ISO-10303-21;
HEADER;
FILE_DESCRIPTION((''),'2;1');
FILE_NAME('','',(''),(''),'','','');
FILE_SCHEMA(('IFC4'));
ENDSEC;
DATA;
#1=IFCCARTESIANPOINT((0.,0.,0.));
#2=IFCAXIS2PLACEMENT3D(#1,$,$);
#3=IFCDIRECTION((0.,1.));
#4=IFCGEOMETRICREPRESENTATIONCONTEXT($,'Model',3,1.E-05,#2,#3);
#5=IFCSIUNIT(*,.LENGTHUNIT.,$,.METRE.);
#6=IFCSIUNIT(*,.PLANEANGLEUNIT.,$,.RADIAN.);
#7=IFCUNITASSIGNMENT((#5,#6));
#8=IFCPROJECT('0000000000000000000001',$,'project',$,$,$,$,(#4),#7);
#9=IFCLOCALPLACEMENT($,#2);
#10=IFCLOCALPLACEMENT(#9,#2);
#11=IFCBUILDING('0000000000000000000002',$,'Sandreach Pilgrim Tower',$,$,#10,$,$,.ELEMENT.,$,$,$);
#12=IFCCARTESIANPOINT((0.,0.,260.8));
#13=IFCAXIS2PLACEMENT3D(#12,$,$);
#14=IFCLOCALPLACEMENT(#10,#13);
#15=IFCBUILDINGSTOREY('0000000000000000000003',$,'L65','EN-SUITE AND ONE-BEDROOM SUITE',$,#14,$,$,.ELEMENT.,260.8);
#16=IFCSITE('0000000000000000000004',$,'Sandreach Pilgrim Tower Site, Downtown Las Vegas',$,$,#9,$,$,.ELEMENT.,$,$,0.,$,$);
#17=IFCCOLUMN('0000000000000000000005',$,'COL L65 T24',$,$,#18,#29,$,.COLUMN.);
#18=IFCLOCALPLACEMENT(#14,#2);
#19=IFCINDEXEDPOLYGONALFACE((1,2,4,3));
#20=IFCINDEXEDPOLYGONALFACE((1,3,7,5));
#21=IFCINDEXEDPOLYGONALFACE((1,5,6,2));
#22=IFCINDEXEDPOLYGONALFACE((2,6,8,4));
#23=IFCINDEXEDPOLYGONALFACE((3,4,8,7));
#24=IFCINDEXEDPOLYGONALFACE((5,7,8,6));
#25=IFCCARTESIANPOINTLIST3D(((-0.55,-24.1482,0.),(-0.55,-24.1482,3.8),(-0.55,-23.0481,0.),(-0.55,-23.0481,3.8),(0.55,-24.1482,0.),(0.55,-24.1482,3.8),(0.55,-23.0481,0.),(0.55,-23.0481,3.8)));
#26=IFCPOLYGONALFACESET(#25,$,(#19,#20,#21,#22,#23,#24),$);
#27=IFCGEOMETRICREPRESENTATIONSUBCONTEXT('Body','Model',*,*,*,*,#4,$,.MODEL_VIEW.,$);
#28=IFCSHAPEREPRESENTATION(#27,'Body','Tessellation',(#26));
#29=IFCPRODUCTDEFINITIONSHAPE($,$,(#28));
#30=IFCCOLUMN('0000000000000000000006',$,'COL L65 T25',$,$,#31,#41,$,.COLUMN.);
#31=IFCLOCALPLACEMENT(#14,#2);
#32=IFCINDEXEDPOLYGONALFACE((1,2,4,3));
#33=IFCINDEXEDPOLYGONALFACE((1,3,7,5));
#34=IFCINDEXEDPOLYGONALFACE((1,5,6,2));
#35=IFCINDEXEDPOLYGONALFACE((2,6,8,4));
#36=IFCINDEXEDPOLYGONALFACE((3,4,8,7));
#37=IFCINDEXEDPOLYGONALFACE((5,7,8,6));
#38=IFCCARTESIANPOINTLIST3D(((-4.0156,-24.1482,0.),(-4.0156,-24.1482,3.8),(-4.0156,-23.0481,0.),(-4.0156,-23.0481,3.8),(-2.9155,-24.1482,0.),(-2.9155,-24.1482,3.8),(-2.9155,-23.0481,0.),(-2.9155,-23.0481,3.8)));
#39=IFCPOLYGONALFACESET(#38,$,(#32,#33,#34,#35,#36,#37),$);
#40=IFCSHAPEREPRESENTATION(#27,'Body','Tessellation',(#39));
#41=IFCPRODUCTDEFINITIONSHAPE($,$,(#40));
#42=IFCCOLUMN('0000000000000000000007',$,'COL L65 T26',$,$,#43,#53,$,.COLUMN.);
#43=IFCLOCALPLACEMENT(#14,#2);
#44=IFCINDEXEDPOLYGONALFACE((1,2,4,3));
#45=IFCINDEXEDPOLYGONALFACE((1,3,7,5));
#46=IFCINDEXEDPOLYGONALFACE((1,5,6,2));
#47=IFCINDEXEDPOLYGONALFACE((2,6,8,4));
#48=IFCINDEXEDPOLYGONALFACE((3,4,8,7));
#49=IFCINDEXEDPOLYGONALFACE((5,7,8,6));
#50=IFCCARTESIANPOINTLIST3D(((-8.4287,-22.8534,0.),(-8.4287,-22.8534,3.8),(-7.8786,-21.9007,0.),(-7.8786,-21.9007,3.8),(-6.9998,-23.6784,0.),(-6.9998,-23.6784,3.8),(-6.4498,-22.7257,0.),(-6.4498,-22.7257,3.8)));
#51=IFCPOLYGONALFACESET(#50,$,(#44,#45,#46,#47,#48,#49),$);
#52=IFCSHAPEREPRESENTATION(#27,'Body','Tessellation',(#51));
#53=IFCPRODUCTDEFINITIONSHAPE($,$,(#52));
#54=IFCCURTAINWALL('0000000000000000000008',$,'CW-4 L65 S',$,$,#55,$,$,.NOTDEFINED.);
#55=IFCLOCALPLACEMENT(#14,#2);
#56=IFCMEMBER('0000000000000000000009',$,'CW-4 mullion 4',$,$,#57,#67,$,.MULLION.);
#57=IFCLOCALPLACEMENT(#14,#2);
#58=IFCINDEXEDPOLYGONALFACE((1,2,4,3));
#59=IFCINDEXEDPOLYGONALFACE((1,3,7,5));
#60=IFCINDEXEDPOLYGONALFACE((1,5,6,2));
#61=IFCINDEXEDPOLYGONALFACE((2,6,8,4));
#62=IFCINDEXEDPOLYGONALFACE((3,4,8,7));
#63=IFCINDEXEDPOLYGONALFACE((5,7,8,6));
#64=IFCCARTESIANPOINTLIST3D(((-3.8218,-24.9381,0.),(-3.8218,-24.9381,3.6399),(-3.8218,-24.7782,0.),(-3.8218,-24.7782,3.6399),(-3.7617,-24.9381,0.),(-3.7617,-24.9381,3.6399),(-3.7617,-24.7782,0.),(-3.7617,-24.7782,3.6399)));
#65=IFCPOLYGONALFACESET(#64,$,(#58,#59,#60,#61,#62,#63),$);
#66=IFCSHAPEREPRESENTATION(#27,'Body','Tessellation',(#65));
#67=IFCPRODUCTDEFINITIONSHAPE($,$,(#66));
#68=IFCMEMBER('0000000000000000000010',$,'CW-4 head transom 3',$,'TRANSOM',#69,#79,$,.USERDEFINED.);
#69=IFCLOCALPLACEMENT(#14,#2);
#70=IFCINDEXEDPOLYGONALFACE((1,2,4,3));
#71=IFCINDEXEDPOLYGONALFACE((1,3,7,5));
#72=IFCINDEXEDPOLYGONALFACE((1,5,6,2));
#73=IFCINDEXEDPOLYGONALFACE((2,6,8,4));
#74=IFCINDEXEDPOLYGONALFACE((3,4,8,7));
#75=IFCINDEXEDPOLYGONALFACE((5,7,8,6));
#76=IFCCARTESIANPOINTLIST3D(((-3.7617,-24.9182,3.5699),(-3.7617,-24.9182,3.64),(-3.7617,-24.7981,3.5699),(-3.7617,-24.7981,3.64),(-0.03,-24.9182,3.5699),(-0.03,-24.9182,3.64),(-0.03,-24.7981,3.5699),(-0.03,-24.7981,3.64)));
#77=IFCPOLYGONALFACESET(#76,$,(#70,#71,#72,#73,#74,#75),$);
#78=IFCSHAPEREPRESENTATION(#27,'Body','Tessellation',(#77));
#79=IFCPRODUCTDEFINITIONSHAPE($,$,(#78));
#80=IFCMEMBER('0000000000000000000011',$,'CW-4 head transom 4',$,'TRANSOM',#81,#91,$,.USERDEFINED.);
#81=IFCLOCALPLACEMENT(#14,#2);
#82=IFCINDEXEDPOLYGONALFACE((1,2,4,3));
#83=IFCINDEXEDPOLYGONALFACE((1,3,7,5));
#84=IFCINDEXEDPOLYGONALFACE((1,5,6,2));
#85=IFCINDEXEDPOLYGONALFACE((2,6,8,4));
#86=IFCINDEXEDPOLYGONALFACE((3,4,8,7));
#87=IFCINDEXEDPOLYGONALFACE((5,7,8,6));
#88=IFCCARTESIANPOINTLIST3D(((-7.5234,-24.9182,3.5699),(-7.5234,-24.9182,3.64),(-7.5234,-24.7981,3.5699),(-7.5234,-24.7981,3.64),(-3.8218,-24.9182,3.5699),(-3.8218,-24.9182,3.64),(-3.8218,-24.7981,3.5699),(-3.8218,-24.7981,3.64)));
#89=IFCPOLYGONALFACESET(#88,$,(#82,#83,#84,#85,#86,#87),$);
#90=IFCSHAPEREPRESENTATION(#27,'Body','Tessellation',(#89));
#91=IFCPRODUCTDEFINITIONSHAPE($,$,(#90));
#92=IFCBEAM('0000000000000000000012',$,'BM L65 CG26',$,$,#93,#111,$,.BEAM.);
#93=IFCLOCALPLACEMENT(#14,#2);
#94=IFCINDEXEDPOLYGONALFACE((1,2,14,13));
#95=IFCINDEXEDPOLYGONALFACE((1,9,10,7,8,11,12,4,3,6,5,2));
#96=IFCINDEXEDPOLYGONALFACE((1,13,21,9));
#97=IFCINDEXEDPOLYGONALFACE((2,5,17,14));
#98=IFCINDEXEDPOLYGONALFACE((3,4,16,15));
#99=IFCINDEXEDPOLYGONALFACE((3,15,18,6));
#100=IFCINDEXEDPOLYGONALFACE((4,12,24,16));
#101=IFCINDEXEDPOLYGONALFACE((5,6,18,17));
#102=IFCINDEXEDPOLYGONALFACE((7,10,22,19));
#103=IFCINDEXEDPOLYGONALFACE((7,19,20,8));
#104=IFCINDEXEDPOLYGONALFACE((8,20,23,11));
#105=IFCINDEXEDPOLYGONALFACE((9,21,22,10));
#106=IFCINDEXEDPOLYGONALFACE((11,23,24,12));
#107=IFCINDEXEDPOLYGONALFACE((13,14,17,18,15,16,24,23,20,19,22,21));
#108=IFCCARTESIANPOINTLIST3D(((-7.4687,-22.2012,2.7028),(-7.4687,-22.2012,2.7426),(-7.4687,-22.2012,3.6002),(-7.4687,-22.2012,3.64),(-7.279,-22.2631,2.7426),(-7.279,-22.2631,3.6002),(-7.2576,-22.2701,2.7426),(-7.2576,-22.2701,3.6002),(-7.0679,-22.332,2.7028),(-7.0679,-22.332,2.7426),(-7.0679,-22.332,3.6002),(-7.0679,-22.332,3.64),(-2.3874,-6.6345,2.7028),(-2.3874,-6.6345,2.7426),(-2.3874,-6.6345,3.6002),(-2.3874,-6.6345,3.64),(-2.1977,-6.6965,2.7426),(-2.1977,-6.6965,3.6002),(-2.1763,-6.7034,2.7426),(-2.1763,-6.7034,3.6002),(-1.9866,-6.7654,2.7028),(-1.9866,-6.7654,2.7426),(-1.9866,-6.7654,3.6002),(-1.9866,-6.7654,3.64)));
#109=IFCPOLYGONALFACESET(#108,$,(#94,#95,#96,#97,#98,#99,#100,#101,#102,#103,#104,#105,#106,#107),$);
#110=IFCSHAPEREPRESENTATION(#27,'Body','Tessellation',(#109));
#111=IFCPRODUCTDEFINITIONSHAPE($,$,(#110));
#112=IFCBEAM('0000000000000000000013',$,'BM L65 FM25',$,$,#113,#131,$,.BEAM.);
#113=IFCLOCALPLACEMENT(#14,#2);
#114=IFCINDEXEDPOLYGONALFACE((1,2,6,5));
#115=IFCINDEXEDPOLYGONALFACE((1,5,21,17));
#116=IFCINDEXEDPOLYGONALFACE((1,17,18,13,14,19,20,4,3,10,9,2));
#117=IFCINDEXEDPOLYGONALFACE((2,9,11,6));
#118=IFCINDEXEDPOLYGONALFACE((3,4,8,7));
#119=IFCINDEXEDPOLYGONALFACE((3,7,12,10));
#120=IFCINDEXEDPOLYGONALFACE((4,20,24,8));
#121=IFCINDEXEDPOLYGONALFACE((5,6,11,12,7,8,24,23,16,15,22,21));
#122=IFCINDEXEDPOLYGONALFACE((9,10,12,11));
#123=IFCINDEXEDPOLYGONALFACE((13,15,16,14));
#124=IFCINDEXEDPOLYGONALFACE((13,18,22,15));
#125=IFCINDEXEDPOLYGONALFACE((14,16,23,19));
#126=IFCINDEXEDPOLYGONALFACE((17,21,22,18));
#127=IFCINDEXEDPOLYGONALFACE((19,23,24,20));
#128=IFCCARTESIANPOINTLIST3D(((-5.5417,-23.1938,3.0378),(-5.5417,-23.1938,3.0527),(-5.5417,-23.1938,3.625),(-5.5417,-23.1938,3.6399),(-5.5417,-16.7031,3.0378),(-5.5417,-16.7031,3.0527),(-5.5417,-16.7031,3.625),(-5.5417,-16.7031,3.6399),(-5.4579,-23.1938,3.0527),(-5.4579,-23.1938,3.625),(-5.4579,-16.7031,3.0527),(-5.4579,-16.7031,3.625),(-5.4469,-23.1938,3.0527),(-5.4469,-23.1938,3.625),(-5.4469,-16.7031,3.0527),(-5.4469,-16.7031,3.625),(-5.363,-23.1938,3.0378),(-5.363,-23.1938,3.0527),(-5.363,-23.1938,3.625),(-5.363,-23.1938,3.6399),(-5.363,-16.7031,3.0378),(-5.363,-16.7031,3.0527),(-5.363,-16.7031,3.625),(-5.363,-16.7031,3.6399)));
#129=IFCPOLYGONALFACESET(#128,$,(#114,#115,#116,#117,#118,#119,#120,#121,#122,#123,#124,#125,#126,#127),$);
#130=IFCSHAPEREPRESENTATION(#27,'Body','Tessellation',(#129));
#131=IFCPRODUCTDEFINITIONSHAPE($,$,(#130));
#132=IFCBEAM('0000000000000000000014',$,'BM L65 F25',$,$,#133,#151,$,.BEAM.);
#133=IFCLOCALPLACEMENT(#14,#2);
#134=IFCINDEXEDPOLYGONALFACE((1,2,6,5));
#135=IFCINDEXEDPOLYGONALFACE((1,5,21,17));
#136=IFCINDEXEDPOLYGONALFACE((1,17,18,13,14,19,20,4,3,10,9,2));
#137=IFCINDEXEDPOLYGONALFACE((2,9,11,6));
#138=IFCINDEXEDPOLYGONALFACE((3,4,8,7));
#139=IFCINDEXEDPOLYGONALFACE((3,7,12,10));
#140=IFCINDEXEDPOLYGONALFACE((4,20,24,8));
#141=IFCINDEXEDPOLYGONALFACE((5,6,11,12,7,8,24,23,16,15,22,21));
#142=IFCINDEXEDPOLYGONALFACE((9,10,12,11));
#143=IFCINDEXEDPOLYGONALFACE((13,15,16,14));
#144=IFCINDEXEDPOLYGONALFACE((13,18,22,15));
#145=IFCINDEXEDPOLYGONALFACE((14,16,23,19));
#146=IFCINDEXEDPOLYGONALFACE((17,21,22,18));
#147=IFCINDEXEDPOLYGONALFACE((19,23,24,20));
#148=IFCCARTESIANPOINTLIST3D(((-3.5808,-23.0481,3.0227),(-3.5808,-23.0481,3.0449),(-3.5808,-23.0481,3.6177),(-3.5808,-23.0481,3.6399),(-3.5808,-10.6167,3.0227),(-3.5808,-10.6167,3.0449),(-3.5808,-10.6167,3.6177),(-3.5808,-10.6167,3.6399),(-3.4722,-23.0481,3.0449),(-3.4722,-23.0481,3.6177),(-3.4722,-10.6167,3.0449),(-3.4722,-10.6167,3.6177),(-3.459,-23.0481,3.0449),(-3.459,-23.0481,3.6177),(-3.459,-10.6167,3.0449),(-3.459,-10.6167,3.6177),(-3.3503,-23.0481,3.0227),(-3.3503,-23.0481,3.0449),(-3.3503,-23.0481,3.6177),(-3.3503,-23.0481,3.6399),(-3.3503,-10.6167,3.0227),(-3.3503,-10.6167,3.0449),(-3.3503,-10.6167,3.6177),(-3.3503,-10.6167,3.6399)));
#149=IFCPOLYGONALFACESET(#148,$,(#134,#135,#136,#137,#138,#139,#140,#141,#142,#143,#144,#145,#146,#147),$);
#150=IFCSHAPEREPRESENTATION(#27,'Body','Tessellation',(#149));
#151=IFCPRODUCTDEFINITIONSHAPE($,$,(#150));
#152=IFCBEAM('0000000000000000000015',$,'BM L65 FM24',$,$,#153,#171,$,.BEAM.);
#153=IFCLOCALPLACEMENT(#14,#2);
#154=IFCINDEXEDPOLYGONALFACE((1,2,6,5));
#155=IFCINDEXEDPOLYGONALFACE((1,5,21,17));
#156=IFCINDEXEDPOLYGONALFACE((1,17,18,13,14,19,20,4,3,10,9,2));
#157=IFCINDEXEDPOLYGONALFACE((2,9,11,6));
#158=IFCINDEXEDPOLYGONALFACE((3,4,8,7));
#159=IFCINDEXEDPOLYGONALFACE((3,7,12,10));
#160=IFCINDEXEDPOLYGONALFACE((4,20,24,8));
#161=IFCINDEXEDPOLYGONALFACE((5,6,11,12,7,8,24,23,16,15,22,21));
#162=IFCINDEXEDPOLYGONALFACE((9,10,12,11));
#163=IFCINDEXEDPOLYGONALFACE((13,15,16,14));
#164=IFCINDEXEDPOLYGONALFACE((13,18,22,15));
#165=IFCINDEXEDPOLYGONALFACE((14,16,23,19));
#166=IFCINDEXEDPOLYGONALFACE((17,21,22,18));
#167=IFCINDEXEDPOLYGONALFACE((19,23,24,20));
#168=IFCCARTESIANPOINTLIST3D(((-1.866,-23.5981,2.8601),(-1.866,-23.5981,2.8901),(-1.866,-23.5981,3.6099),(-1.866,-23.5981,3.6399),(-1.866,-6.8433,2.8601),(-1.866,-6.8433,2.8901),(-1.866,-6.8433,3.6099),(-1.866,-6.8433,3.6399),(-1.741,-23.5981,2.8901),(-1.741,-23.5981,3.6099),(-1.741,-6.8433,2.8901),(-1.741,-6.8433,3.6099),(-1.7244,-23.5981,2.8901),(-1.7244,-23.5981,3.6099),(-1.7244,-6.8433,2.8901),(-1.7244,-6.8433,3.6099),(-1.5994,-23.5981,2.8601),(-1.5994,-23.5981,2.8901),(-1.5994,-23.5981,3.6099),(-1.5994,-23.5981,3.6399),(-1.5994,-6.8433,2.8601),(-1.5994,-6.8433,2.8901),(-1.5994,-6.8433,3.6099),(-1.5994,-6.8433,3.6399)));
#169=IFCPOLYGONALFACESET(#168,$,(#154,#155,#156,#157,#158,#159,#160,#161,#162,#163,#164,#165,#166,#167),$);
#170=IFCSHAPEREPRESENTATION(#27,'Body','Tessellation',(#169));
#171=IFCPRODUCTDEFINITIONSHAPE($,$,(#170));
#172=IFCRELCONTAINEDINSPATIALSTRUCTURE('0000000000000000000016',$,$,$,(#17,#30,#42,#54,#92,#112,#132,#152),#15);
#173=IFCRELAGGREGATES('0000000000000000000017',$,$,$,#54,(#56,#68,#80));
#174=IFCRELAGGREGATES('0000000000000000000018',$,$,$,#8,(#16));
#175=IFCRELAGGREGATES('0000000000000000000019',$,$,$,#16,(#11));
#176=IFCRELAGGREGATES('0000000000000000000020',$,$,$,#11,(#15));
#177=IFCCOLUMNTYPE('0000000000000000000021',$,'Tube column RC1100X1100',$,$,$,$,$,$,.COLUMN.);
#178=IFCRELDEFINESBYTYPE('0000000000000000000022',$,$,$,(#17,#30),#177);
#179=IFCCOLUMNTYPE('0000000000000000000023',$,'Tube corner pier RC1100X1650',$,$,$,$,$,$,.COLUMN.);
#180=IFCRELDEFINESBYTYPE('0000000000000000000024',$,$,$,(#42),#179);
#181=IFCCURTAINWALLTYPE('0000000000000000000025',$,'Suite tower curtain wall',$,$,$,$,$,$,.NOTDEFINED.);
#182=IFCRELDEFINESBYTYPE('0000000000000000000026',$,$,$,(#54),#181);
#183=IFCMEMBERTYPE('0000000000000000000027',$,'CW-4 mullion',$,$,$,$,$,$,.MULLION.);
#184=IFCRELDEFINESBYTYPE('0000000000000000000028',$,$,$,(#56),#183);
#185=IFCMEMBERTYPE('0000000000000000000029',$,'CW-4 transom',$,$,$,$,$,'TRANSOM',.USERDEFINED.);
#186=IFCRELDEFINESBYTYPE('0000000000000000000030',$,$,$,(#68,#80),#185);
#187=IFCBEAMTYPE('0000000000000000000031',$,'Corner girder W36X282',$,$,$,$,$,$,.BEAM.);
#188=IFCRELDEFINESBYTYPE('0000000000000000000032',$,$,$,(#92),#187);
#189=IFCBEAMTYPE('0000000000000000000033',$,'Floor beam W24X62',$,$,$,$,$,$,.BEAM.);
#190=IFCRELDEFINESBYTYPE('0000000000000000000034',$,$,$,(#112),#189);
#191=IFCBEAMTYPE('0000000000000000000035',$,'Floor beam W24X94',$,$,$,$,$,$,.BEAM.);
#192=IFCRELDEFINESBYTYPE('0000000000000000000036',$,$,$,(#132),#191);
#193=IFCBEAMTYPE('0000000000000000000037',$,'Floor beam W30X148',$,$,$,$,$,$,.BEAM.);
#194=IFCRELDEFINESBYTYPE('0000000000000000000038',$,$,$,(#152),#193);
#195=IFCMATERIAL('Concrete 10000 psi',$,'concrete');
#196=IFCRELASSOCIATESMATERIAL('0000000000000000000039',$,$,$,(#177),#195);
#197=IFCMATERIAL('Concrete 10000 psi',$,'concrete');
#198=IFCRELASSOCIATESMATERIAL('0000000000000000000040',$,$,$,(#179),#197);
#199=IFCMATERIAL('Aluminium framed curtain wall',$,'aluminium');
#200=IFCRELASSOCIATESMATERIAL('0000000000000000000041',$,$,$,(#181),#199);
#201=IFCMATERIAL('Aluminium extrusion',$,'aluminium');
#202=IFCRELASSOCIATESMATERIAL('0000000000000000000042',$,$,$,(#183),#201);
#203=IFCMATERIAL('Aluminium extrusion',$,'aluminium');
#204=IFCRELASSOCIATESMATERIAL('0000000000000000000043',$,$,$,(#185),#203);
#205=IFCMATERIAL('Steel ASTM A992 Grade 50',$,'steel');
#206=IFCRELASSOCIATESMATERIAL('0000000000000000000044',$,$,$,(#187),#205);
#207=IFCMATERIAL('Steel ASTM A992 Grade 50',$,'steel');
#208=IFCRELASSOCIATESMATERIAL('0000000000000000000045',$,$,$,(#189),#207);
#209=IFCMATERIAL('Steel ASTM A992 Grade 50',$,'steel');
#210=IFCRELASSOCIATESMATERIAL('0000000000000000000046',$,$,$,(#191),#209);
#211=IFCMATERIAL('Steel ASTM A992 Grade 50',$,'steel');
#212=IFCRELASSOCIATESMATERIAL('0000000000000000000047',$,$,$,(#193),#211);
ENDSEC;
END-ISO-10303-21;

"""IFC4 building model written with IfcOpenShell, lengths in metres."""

from ifc_helpers import new_model, si_unit, direction, frame, origin, origin_2d, place, context, subcontext, project, spatial, rectangle, i_section, extrude, material, material_profile, profile_set, type_object, element, aggregate, save


model = new_model("IFC4")

# Units and contexts
model_context = context("Model", 3, precision=1e-05, world=origin(), true_north=direction((0.0, 1.0)))
body_context = subcontext(model_context, "Body", "Model", "MODEL_VIEW")
ifc_project = project(units=[si_unit("LENGTHUNIT", "METRE"), si_unit("PLANEANGLEUNIT", "RADIAN")], contexts=[model_context])

# Site, building, storey
site_placement = place(None, origin())
site = spatial("IfcSite", under=ifc_project, at=site_placement, Name="Sandreach Pilgrim Tower Site, Downtown Las Vegas", CompositionType="ELEMENT", RefElevation=0.0)
building_placement = place(site_placement, origin())
building = spatial("IfcBuilding", under=site, at=building_placement, Name="Sandreach Pilgrim Tower", CompositionType="ELEMENT")
storey_placement = place(building_placement, frame((0.0, 0.0, 260.8)))
storey = spatial("IfcBuildingStorey", under=building, at=storey_placement, Name="L65", Description="EN-SUITE AND ONE-BEDROOM SUITE", CompositionType="ELEMENT", Elevation=260.8)

# Columns
ifc_material_1 = material(Name="Concrete 10000 psi", Category="concrete")
ifc_material_profile_1 = material_profile(ifc_material_1, rectangle(XDim=1.1001, YDim=1.1001, at=origin_2d()), Name="RC1100X1100")
ifc_profile_set_1 = profile_set([ifc_material_profile_1], Name="Concrete 10000 psi")
column_type_1 = type_object("IfcColumnType", Name="Tube column RC1100X1100", PredefinedType="COLUMN", material=ifc_profile_set_1)
for number, where, z_axis, x_axis, name in (
    (1, (0.0, -23.5981, 0.0), (0.0, 0.0, 1.0), (0.0, -1.0, 0.0), "COL L65 T24"),
    (2, (-3.4656, -23.5981, 0.0), (0.0, 0.0, 1.0), (0.0, -1.0, 0.0), "COL L65 T25"),
):
    element("IfcColumn", number, at=place(storey_placement, frame(where, z_axis=z_axis, x_axis=x_axis)), inside=storey, type_object=column_type_1, Name=name, PredefinedType="COLUMN", context=body_context, shape_type="SweptSolid", body=[
        extrude(rectangle(XDim=1.1001, YDim=1.1001, at=origin_2d()), origin(), (0.0, 0.0, 1.0), 3.8),
    ])
ifc_material_2 = material(Name="Concrete 10000 psi", Category="concrete")
ifc_material_profile_2 = material_profile(ifc_material_2, rectangle(XDim=1.1001, YDim=1.6499, at=origin_2d()), Name="RC1100X1650")
ifc_profile_set_2 = profile_set([ifc_material_profile_2], Name="Concrete 10000 psi")
column_type_2 = type_object("IfcColumnType", Name="Tube corner pier RC1100X1650", PredefinedType="COLUMN", material=ifc_profile_set_2)
column_placement = place(storey_placement, frame((-7.4392, -22.7896, 0.0), z_axis=(0.0, 0.0, 1.0), x_axis=(-0.5, -0.866025, 0.0)))
element("IfcColumn", 3, at=column_placement, inside=storey, type_object=column_type_2, Name="COL L65 T26", PredefinedType="COLUMN", context=body_context, shape_type="SweptSolid", body=[
    extrude(rectangle(XDim=1.1001, YDim=1.6499, at=origin_2d()), origin(), (0.0, 0.0, 1.0), 3.8),
])

# Curtain wall, members
ifc_material_3 = material(Name="Aluminium framed curtain wall", Category="aluminium")
curtain_wall_type = type_object("IfcCurtainWallType", Name="Suite tower curtain wall", PredefinedType="NOTDEFINED", material=ifc_material_3)
curtain_wall_placement = place(storey_placement, origin())
curtain_wall = element("IfcCurtainWall", 4, at=curtain_wall_placement, inside=storey, type_object=curtain_wall_type, Name="CW-4 L65 S", PredefinedType="NOTDEFINED")
ifc_material_4 = material(Name="Aluminium extrusion", Category="aluminium")
ifc_material_profile_3 = material_profile(ifc_material_4, rectangle(XDim=0.0601, YDim=0.1599, at=origin_2d()), Name="CW-4M 60X160")
ifc_profile_set_3 = profile_set([ifc_material_profile_3], Name="Aluminium extrusion")
member_type_1 = type_object("IfcMemberType", Name="CW-4 mullion", PredefinedType="MULLION", material=ifc_profile_set_3)
member_1_placement = place(storey_placement, frame((-3.7917, -24.8582, 0.0), z_axis=(0.0, 0.0, 1.0), x_axis=(-1.0, 0.0, 0.0)))
member_1 = element("IfcMember", 5, at=member_1_placement, type_object=member_type_1, Name="CW-4 mullion 4", PredefinedType="MULLION", context=body_context, shape_type="SweptSolid", body=[
    extrude(rectangle(XDim=0.0601, YDim=0.1599, at=origin_2d()), origin(), (0.0, 0.0, 1.0), 3.6399),
])
ifc_material_5 = material(Name="Aluminium extrusion", Category="aluminium")
ifc_material_profile_4 = material_profile(ifc_material_5, rectangle(XDim=0.1201, YDim=0.0701, at=origin_2d()), Name="CW-4T 120X70")
ifc_profile_set_4 = profile_set([ifc_material_profile_4], Name="Aluminium extrusion")
member_type_2 = type_object("IfcMemberType", Name="CW-4 transom", ElementType="TRANSOM", PredefinedType="USERDEFINED", material=ifc_profile_set_4)
member_2_placement = place(storey_placement, frame((-0.03, -24.8582, 3.605), z_axis=(-1.0, 0.0, 0.0), x_axis=(0.0, -1.0, 0.0)))
member_2 = element("IfcMember", 6, at=member_2_placement, type_object=member_type_2, Name="CW-4 head transom 3", ObjectType="TRANSOM", PredefinedType="USERDEFINED", context=body_context, shape_type="SweptSolid", body=[
    extrude(rectangle(XDim=0.1201, YDim=0.0701, at=origin_2d()), origin(), (0.0, 0.0, 1.0), 3.7317),
])
member_3_placement = place(storey_placement, frame((-3.8218, -24.8582, 3.605), z_axis=(-1.0, 0.0, 0.0), x_axis=(0.0, -1.0, 0.0)))
member_3 = element("IfcMember", 7, at=member_3_placement, type_object=member_type_2, Name="CW-4 head transom 4", ObjectType="TRANSOM", PredefinedType="USERDEFINED", context=body_context, shape_type="SweptSolid", body=[
    extrude(rectangle(XDim=0.1201, YDim=0.0701, at=origin_2d()), origin(), (0.0, 0.0, 1.0), 3.7017),
])

# Beams
ifc_material_6 = material(Name="Steel ASTM A992 Grade 50", Category="steel")
ifc_material_profile_5 = material_profile(ifc_material_6, i_section(OverallWidth=0.4216, OverallDepth=0.9373, WebThickness=0.0225, FlangeThickness=0.0398, at=origin_2d()), Name="W36X282")
ifc_profile_set_5 = profile_set([ifc_material_profile_5], Name="Steel ASTM A992 Grade 50")
beam_type_1 = type_object("IfcBeamType", Name="Corner girder W36X282", PredefinedType="BEAM", material=ifc_profile_set_5)
beam_1_placement = place(storey_placement, frame((-7.2683, -22.2666, 3.1714), z_axis=(0.310309, 0.950636, 0.0), x_axis=(-0.950636, 0.310309, 0.0)))
element("IfcBeam", 8, at=beam_1_placement, inside=storey, type_object=beam_type_1, Name="BM L65 CG26", PredefinedType="BEAM", context=body_context, shape_type="SweptSolid", body=[
    extrude(i_section(OverallWidth=0.4216, OverallDepth=0.9373, WebThickness=0.0225, FlangeThickness=0.0398, at=origin_2d()), origin(), (0.0, 0.0, 1.0), 16.375),
])
ifc_material_7 = material(Name="Steel ASTM A992 Grade 50", Category="steel")
ifc_material_profile_6 = material_profile(ifc_material_7, i_section(OverallWidth=0.1787, OverallDepth=0.6021, WebThickness=0.011, FlangeThickness=0.0149, at=origin_2d()), Name="W24X62")
ifc_profile_set_6 = profile_set([ifc_material_profile_6], Name="Steel ASTM A992 Grade 50")
beam_type_2 = type_object("IfcBeamType", Name="Floor beam W24X62", PredefinedType="BEAM", material=ifc_profile_set_6)
beam_2_placement = place(storey_placement, frame((-5.4524, -23.1938, 3.3389), z_axis=(0.0, 1.0, 0.0), x_axis=(-1.0, 0.0, 0.0)))
element("IfcBeam", 9, at=beam_2_placement, inside=storey, type_object=beam_type_2, Name="BM L65 FM25", PredefinedType="BEAM", context=body_context, shape_type="SweptSolid", body=[
    extrude(i_section(OverallWidth=0.1787, OverallDepth=0.6021, WebThickness=0.011, FlangeThickness=0.0149, at=origin_2d()), origin(), (0.0, 0.0, 1.0), 6.4907),
])
ifc_material_8 = material(Name="Steel ASTM A992 Grade 50", Category="steel")
ifc_material_profile_7 = material_profile(ifc_material_8, i_section(OverallWidth=0.2305, OverallDepth=0.6172, WebThickness=0.0132, FlangeThickness=0.0222, at=origin_2d()), Name="W24X94")
ifc_profile_set_7 = profile_set([ifc_material_profile_7], Name="Steel ASTM A992 Grade 50")
beam_type_3 = type_object("IfcBeamType", Name="Floor beam W24X94", PredefinedType="BEAM", material=ifc_profile_set_7)
beam_3_placement = place(storey_placement, frame((-3.4656, -23.0481, 3.3313), z_axis=(0.0, 1.0, 0.0), x_axis=(-1.0, 0.0, 0.0)))
element("IfcBeam", 10, at=beam_3_placement, inside=storey, type_object=beam_type_3, Name="BM L65 F25", PredefinedType="BEAM", context=body_context, shape_type="SweptSolid", body=[
    extrude(i_section(OverallWidth=0.2305, OverallDepth=0.6172, WebThickness=0.0132, FlangeThickness=0.0222, at=origin_2d()), origin(), (0.0, 0.0, 1.0), 12.4314),
])
ifc_material_9 = material(Name="Steel ASTM A992 Grade 50", Category="steel")
ifc_material_profile_8 = material_profile(ifc_material_9, i_section(OverallWidth=0.2666, OverallDepth=0.7798, WebThickness=0.0166, FlangeThickness=0.03, at=origin_2d()), Name="W30X148")
ifc_profile_set_8 = profile_set([ifc_material_profile_8], Name="Steel ASTM A992 Grade 50")
beam_type_4 = type_object("IfcBeamType", Name="Floor beam W30X148", PredefinedType="BEAM", material=ifc_profile_set_8)
beam_4_placement = place(storey_placement, frame((-1.7327, -23.5981, 3.25), z_axis=(0.0, 1.0, 0.0), x_axis=(-1.0, 0.0, 0.0)))
element("IfcBeam", 11, at=beam_4_placement, inside=storey, type_object=beam_type_4, Name="BM L65 FM24", PredefinedType="BEAM", context=body_context, shape_type="SweptSolid", body=[
    extrude(i_section(OverallWidth=0.2666, OverallDepth=0.7798, WebThickness=0.0166, FlangeThickness=0.03, at=origin_2d()), origin(), (0.0, 0.0, 1.0), 16.7549),
])

aggregate(curtain_wall, [member_1, member_2, member_3])

save(model, "model.ifc")
